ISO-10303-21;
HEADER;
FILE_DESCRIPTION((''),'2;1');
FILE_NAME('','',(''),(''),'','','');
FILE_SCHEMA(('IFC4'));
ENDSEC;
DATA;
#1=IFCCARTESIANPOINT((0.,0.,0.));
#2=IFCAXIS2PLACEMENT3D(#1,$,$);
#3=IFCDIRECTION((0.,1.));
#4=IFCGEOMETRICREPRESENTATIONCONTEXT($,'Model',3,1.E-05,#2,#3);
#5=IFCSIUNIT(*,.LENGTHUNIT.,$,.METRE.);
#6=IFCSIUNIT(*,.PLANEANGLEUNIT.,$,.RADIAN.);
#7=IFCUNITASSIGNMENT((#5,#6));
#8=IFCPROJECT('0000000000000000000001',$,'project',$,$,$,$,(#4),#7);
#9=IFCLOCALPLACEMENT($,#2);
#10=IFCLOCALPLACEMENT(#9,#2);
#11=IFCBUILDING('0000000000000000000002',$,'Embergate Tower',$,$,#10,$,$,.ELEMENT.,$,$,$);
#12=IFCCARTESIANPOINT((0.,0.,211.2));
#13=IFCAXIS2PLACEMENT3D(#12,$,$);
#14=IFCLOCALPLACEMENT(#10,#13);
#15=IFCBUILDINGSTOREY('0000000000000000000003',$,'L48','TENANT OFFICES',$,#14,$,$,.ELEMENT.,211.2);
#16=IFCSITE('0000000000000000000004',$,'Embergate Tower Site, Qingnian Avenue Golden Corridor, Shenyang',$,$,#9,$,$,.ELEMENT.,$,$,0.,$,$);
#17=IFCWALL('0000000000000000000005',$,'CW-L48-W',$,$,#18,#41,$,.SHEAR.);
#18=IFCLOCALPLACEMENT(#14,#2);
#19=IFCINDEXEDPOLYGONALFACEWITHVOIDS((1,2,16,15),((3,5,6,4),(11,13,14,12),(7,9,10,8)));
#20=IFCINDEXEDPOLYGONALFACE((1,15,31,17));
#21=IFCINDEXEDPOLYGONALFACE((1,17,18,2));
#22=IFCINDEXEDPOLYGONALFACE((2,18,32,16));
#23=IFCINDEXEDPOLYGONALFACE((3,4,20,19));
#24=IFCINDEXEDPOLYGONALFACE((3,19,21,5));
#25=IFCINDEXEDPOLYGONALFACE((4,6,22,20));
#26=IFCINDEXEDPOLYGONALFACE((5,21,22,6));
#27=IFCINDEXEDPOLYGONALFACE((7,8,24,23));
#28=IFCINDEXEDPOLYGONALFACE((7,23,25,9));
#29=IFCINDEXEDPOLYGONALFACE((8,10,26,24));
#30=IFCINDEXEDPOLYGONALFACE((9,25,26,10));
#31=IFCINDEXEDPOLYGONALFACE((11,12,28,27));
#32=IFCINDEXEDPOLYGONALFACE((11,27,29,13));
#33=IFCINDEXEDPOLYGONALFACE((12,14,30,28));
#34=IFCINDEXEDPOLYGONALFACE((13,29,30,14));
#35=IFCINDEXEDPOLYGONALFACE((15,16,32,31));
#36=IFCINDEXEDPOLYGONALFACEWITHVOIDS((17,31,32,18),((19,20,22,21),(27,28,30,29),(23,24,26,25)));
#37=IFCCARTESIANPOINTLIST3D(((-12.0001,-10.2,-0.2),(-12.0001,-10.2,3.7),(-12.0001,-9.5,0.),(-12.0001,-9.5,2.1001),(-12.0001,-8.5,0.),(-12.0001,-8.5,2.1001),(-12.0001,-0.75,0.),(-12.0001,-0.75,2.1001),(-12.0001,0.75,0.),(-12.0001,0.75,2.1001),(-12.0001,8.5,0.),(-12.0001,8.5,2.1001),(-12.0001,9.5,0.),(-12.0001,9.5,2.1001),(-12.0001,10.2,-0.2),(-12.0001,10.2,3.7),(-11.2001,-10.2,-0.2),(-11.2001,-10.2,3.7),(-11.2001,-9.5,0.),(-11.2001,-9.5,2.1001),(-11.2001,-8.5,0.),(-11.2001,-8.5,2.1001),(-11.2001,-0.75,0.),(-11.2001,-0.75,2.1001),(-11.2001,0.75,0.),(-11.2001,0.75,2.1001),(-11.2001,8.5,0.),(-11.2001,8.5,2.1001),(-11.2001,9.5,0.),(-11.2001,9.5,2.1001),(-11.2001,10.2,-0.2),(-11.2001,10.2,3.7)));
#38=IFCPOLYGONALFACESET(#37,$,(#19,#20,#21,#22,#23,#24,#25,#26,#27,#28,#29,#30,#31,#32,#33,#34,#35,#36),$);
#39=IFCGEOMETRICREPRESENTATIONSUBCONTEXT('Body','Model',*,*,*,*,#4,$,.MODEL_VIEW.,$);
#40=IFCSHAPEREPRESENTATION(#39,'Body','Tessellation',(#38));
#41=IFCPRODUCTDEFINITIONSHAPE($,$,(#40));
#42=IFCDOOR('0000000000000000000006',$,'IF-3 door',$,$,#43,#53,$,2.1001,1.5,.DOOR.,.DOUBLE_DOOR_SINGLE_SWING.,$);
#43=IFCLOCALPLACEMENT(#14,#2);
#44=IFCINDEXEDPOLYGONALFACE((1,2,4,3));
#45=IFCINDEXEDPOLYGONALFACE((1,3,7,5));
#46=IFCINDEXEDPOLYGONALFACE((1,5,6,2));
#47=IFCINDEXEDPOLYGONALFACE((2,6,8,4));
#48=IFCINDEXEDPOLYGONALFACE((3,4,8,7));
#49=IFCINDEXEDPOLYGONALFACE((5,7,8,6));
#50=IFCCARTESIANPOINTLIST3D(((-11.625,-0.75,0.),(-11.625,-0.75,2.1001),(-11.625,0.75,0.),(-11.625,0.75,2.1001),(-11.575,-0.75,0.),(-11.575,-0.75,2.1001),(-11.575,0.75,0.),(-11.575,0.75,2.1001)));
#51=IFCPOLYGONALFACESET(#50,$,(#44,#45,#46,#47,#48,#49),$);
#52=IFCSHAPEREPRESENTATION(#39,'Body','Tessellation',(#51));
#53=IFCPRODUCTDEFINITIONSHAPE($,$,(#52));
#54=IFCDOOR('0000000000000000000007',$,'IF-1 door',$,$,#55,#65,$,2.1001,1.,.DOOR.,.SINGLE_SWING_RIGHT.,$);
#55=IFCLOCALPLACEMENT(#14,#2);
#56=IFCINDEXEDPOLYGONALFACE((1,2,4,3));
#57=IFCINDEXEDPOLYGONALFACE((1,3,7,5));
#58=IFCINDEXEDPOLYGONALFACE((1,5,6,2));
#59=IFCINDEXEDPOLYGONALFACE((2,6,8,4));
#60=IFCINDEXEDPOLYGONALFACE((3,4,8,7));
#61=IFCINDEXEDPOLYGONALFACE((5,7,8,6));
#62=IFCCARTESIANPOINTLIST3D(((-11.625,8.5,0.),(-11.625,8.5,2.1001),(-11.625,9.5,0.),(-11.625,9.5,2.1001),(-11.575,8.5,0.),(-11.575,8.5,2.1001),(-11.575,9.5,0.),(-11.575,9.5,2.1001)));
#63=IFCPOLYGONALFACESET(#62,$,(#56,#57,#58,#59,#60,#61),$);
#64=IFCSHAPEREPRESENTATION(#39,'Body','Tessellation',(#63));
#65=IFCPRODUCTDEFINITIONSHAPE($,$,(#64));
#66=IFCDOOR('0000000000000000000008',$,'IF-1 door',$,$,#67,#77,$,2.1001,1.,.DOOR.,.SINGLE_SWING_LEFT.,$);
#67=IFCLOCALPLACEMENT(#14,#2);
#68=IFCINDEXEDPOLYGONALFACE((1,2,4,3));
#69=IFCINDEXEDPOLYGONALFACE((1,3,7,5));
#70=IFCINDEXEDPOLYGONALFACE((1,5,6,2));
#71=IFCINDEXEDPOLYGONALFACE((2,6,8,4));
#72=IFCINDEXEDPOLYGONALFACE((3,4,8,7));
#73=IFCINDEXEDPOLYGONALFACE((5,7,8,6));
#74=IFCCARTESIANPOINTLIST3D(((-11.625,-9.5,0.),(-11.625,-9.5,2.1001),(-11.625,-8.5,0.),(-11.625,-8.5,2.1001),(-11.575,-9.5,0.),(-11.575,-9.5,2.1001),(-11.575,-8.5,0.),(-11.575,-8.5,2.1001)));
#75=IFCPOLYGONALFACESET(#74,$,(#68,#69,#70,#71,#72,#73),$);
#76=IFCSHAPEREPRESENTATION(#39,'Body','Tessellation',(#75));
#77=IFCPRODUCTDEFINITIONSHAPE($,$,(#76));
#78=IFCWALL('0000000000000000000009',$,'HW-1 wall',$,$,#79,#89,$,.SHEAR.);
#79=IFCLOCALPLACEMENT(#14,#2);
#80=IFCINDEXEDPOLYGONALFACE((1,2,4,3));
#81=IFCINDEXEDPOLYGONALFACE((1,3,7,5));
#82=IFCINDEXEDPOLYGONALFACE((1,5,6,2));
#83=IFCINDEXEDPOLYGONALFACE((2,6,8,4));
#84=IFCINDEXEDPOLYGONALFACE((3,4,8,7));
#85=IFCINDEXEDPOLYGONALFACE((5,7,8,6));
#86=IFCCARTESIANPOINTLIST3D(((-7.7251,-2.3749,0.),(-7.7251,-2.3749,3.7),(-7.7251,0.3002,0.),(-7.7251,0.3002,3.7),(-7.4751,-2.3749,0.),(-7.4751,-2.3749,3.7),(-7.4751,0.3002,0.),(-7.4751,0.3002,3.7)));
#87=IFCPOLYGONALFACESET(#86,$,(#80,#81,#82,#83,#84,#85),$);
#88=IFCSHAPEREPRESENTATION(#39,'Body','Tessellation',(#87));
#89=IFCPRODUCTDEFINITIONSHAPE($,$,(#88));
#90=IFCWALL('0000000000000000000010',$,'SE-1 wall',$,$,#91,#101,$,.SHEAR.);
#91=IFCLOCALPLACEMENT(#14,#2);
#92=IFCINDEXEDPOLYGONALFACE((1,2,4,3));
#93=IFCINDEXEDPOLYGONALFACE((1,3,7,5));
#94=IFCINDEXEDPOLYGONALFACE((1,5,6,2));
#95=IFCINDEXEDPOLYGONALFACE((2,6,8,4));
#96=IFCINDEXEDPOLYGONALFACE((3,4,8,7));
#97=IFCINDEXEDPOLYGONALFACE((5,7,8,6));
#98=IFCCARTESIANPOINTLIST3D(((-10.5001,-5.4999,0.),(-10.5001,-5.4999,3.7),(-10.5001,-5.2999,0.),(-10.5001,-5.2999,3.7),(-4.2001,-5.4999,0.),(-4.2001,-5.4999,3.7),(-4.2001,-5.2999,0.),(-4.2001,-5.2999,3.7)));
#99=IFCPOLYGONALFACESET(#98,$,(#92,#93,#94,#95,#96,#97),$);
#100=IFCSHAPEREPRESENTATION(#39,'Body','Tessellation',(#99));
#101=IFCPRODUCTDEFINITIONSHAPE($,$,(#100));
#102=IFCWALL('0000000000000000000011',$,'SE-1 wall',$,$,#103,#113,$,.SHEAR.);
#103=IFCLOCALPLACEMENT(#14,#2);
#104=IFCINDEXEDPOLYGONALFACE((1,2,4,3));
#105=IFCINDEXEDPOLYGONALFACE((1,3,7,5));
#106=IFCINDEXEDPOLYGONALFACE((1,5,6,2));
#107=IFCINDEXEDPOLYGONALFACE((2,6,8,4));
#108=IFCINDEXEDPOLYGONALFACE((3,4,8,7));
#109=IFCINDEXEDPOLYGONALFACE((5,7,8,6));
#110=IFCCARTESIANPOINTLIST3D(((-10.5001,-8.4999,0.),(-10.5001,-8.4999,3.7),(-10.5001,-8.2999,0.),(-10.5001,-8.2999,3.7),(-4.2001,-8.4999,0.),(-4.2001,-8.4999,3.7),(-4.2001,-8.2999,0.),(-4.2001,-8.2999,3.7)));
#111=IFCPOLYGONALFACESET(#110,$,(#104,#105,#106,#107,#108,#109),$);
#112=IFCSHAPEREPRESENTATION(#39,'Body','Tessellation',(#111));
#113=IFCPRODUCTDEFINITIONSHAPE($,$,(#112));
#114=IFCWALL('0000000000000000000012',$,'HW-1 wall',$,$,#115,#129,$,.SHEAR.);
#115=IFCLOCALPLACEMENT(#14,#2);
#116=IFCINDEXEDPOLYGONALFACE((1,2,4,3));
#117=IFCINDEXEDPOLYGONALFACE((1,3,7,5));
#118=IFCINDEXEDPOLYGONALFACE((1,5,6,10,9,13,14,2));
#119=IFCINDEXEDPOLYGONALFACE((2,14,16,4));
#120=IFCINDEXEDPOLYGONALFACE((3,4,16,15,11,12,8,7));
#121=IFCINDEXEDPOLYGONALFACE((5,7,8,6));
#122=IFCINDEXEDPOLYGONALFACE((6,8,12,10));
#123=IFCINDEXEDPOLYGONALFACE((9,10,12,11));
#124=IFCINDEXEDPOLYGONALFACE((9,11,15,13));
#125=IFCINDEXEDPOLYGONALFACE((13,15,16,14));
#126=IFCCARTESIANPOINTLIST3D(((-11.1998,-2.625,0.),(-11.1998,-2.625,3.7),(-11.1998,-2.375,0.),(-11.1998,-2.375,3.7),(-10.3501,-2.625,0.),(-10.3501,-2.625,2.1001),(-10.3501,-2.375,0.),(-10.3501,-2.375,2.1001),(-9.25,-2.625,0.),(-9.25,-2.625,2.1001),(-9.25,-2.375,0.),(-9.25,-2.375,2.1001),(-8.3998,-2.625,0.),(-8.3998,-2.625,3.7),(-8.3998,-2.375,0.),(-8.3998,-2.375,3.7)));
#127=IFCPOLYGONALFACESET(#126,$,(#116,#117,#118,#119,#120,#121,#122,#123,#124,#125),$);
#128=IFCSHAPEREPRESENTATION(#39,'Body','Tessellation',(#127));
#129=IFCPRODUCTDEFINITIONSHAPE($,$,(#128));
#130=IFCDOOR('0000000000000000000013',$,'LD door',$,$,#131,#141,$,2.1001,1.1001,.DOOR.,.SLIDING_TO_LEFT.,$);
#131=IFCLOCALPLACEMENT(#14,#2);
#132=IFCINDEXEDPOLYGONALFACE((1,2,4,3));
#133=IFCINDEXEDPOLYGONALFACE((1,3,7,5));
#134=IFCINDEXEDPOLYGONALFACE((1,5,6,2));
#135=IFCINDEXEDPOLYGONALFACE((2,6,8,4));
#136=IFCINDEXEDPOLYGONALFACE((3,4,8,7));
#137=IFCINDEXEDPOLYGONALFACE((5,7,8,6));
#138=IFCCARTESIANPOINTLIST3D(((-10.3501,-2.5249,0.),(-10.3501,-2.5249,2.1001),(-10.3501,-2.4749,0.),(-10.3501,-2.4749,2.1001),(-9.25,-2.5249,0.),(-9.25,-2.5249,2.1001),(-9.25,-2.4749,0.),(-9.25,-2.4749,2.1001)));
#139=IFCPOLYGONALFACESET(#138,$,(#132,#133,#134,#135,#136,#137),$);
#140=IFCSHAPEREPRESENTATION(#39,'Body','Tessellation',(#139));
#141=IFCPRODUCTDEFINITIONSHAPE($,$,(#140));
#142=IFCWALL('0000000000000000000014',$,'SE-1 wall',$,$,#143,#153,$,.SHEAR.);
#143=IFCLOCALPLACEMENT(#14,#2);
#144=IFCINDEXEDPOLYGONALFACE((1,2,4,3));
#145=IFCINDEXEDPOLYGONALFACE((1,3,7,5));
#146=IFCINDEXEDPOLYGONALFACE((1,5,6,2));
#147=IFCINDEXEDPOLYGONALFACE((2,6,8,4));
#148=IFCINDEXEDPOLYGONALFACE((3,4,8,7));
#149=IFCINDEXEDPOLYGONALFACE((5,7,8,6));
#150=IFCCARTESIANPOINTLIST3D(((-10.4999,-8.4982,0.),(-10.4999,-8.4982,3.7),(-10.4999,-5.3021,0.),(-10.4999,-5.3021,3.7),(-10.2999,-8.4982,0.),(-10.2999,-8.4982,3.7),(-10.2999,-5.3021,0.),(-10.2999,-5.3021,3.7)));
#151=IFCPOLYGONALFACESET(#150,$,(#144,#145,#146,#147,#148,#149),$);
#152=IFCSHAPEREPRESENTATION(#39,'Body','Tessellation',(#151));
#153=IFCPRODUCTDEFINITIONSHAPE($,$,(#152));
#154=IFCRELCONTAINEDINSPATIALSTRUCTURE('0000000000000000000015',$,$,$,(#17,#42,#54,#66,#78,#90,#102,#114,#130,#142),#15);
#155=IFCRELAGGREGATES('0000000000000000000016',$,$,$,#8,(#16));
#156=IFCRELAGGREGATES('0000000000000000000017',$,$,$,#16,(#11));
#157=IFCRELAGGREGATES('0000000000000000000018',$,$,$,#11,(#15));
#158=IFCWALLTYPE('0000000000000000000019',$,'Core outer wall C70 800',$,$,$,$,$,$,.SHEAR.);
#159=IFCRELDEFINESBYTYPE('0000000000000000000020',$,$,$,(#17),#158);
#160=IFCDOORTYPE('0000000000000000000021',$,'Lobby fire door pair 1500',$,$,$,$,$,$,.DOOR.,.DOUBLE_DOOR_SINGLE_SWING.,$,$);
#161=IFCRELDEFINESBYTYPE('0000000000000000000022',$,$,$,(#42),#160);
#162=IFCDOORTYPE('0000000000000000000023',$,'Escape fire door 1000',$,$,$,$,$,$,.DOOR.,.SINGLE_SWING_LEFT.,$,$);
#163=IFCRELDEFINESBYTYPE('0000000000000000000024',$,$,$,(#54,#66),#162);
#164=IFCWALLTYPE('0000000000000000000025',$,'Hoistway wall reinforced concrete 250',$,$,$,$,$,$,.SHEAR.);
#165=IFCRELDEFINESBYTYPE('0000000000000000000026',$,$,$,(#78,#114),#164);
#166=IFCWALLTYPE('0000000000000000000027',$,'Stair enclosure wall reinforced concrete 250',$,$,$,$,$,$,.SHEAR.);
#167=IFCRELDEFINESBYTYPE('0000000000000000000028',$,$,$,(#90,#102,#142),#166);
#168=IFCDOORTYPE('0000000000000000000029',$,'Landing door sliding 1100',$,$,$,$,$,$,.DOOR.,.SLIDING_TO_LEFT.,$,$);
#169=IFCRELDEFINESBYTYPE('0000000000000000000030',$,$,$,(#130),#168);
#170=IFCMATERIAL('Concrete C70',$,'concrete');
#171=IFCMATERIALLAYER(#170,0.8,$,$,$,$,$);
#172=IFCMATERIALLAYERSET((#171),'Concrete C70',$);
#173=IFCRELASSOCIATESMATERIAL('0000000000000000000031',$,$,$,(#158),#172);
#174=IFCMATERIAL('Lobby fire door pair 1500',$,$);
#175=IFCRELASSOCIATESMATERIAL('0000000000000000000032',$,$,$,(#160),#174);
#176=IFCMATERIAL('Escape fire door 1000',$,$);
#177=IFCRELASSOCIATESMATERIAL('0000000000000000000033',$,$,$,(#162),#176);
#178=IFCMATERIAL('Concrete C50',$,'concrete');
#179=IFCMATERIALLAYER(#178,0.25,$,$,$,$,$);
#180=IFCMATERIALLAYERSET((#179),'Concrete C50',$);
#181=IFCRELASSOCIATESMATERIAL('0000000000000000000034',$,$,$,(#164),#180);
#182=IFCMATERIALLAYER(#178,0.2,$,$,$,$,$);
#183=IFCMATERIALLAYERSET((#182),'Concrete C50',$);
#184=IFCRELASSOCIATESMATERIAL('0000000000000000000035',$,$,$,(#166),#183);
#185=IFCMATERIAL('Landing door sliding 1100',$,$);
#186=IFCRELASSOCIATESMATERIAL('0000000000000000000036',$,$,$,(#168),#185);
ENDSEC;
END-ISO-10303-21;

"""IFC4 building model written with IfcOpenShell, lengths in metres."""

from ifc_helpers import new_model, si_unit, direction, frame, frame_2d, origin, place, context, subcontext, project, spatial, rectangle, extrude, source, transform, mapped, material, layer, layer_set, type_object, element, fill, save


model = new_model("IFC4")

# Units and contexts
model_context = context("Model", 3, precision=1e-05, world=origin(), true_north=direction((0.0, 1.0)))
body_context = subcontext(model_context, "Body", "Model", "MODEL_VIEW")
ifc_project = project(units=[si_unit("LENGTHUNIT", "METRE"), si_unit("PLANEANGLEUNIT", "RADIAN")], contexts=[model_context])

# Site, building, storey
site_placement = place(None, origin())
site = spatial("IfcSite", under=ifc_project, at=site_placement, Name="Embergate Tower Site, Qingnian Avenue Golden Corridor, Shenyang", CompositionType="ELEMENT", RefElevation=0.0)
building_placement = place(site_placement, origin())
building = spatial("IfcBuilding", under=site, at=building_placement, Name="Embergate Tower", CompositionType="ELEMENT")
storey_placement = place(building_placement, frame((0.0, 0.0, 211.2)))
storey = spatial("IfcBuildingStorey", under=building, at=storey_placement, Name="L48", Description="TENANT OFFICES", CompositionType="ELEMENT", Elevation=211.2)

# Wall, openings, doors
ifc_material_1 = material(Name="Concrete C70", Category="concrete")
ifc_layer_1 = layer(ifc_material_1, 0.8)
ifc_layer_set_1 = layer_set([ifc_layer_1], Name="Concrete C70")
wall_type_1 = type_object("IfcWallType", Name="Core outer wall C70 800", PredefinedType="SHEAR", material=ifc_layer_set_1)
shared_shape_1 = source(origin(), body_context, "Body", "SweptSolid", [
    extrude(rectangle(XDim=20.3999, YDim=0.8, at=frame_2d((10.2, 0.0))), origin(), (0.0, 0.0, 1.0), 3.8999),
])
wall_1_placement = place(storey_placement, frame((-11.6001, -10.2, -0.2), z_axis=(0.0, 0.0, 1.0), x_axis=(0.0, 1.0, 0.0)))
wall_1 = element("IfcWall", 1, at=wall_1_placement, inside=storey, type_object=wall_type_1, Name="CW-L48-W", PredefinedType="SHEAR", context=body_context, shape_type="MappedRepresentation", body=[
    mapped(shared_shape_1, transform((0.0, 0.0, 0.0))),
])
shared_shape_2 = source(origin(), body_context, "Body", "SweptSolid", [
    extrude(rectangle(XDim=1.0, YDim=2.1001, at=frame_2d((0.5, 1.05))), frame((0.0, 0.4099, 0.0), z_axis=(0.0, -1.0, 0.0), x_axis=(1.0, 0.0, 0.0)), (0.0, 0.0, 1.0), 0.8201),
])
opening_1_placement = place(wall_1_placement, frame((18.7, 0.0, 0.2)))
opening_1 = element("IfcOpeningElement", 2, at=opening_1_placement, cuts=wall_1, PredefinedType="OPENING", context=body_context, shape_type="MappedRepresentation", body=[
    mapped(shared_shape_2, transform((0.0, 0.0, 0.0))),
])
opening_2_placement = place(wall_1_placement, frame((0.7, 0.0, 0.2)))
opening_2 = element("IfcOpeningElement", 3, at=opening_2_placement, cuts=wall_1, PredefinedType="OPENING", context=body_context, shape_type="MappedRepresentation", body=[
    mapped(shared_shape_2, transform((0.0, 0.0, 0.0))),
])
shared_shape_3 = source(origin(), body_context, "Body", "SweptSolid", [
    extrude(rectangle(XDim=1.5, YDim=2.1001, at=frame_2d((0.75, 1.05))), frame((0.0, 0.4099, 0.0), z_axis=(0.0, -1.0, 0.0), x_axis=(1.0, 0.0, 0.0)), (0.0, 0.0, 1.0), 0.8201),
])
opening_3_placement = place(wall_1_placement, frame((9.45, 0.0, 0.2)))
opening_3 = element("IfcOpeningElement", 4, at=opening_3_placement, cuts=wall_1, PredefinedType="OPENING", context=body_context, shape_type="MappedRepresentation", body=[
    mapped(shared_shape_3, transform((0.0, 0.0, 0.0))),
])
ifc_material_2 = material(Name="Lobby fire door pair 1500")
door_type_1 = type_object("IfcDoorType", Name="Lobby fire door pair 1500", OperationType="DOUBLE_DOOR_SINGLE_SWING", PredefinedType="DOOR", material=ifc_material_2)
shared_shape_4 = source(origin(), body_context, "Body", "SweptSolid", [
    extrude(rectangle(XDim=1.5, YDim=2.1001, at=frame_2d((0.75, 1.05))), frame((0.0, 0.0249, 0.0), z_axis=(0.0, -1.0, 0.0), x_axis=(1.0, 0.0, 0.0)), (0.0, 0.0, 1.0), 0.05),
])
door_1_placement = place(opening_3_placement, origin())
door_1 = element("IfcDoor", 5, at=door_1_placement, inside=storey, type_object=door_type_1, Name="IF-3 door", OperationType="DOUBLE_DOOR_SINGLE_SWING", OverallHeight=2.1001, OverallWidth=1.5, PredefinedType="DOOR", context=body_context, shape_type="MappedRepresentation", body=[
    mapped(shared_shape_4, transform((0.0, 0.0, 0.0))),
])
fill(opening_3, door_1)
ifc_material_3 = material(Name="Escape fire door 1000")
door_type_2 = type_object("IfcDoorType", Name="Escape fire door 1000", OperationType="SINGLE_SWING_LEFT", PredefinedType="DOOR", material=ifc_material_3)
shared_shape_5 = source(origin(), body_context, "Body", "SweptSolid", [
    extrude(rectangle(XDim=1.0, YDim=2.1001, at=frame_2d((0.5, 1.05))), frame((0.0, 0.0249, 0.0), z_axis=(0.0, -1.0, 0.0), x_axis=(1.0, 0.0, 0.0)), (0.0, 0.0, 1.0), 0.05),
])
door_2_placement = place(opening_1_placement, origin())
door_2 = element("IfcDoor", 6, at=door_2_placement, inside=storey, type_object=door_type_2, Name="IF-1 door", OperationType="SINGLE_SWING_RIGHT", OverallHeight=2.1001, OverallWidth=1.0, PredefinedType="DOOR", context=body_context, shape_type="MappedRepresentation", body=[
    mapped(shared_shape_5, transform((0.0, 0.0, 0.0))),
])
fill(opening_1, door_2)
door_3_placement = place(opening_2_placement, origin())
door_3 = element("IfcDoor", 7, at=door_3_placement, inside=storey, type_object=door_type_2, Name="IF-1 door", OperationType="SINGLE_SWING_LEFT", OverallHeight=2.1001, OverallWidth=1.0, PredefinedType="DOOR", context=body_context, shape_type="MappedRepresentation", body=[
    mapped(shared_shape_5, transform((0.0, 0.0, 0.0))),
])
fill(opening_2, door_3)

# Walls
ifc_material_4 = material(Name="Concrete C50", Category="concrete")
ifc_layer_2 = layer(ifc_material_4, 0.25)
ifc_layer_set_2 = layer_set([ifc_layer_2], Name="Concrete C50")
wall_type_2 = type_object("IfcWallType", Name="Hoistway wall reinforced concrete 250", PredefinedType="SHEAR", material=ifc_layer_set_2)
shared_shape_6 = source(origin(), body_context, "Body", "SweptSolid", [
    extrude(rectangle(XDim=2.675, YDim=0.25, at=frame_2d((1.3374, 0.0))), origin(), (0.0, 0.0, 1.0), 3.7),
])
wall_2_placement = place(storey_placement, frame((-7.6001, 0.3, 0.0), z_axis=(0.0, 0.0, 1.0), x_axis=(0.0, -1.0, 0.0)))
element("IfcWall", 8, at=wall_2_placement, inside=storey, type_object=wall_type_2, Name="HW-1 wall", PredefinedType="SHEAR", context=body_context, shape_type="MappedRepresentation", body=[
    mapped(shared_shape_6, transform((0.0, 0.0, 0.0))),
])
ifc_layer_3 = layer(ifc_material_4, 0.2)
ifc_layer_set_3 = layer_set([ifc_layer_3], Name="Concrete C50")
wall_type_3 = type_object("IfcWallType", Name="Stair enclosure wall reinforced concrete 250", PredefinedType="SHEAR", material=ifc_layer_set_3)
shared_shape_7 = source(origin(), body_context, "Body", "SweptSolid", [
    extrude(rectangle(XDim=6.3, YDim=0.2, at=frame_2d((3.1499, 0.0))), origin(), (0.0, 0.0, 1.0), 3.7),
])
for number, where, z_axis, x_axis, name in (
    (9, (-10.5, -5.3999, 0.0), (0.0, 0.0, 1.0), (1.0, 0.0, 0.0), "SE-1 wall"),
    (10, (-10.5, -8.3999, 0.0), (0.0, 0.0, 1.0), (1.0, 0.0, 0.0), "SE-1 wall"),
):
    element("IfcWall", number, at=place(storey_placement, frame(where, z_axis=z_axis, x_axis=x_axis)), inside=storey, type_object=wall_type_3, Name=name, PredefinedType="SHEAR", context=body_context, shape_type="MappedRepresentation", body=[
        mapped(shared_shape_7, transform((0.0, 0.0, 0.0))),
    ])

# Wall, opening, door
shared_shape_8 = source(origin(), body_context, "Body", "SweptSolid", [
    extrude(rectangle(XDim=2.8, YDim=0.25, at=frame_2d((1.3999, 0.0))), origin(), (0.0, 0.0, 1.0), 3.7),
])
wall_3_placement = place(storey_placement, frame((-8.3999, -2.5, 0.0), z_axis=(0.0, 0.0, 1.0), x_axis=(-1.0, 0.0, 0.0)))
wall_3 = element("IfcWall", 11, at=wall_3_placement, inside=storey, type_object=wall_type_2, Name="HW-1 wall", PredefinedType="SHEAR", context=body_context, shape_type="MappedRepresentation", body=[
    mapped(shared_shape_8, transform((0.0, 0.0, 0.0))),
])
shared_shape_9 = source(origin(), body_context, "Body", "SweptSolid", [
    extrude(rectangle(XDim=1.1001, YDim=2.1001, at=frame_2d((0.55, 1.05))), frame((0.0, 0.135, 0.0), z_axis=(0.0, -1.0, 0.0), x_axis=(1.0, 0.0, 0.0)), (0.0, 0.0, 1.0), 0.27),
])
opening_4_placement = place(wall_3_placement, frame((0.8501, 0.0, 0.0)))
opening_4 = element("IfcOpeningElement", 12, at=opening_4_placement, cuts=wall_3, PredefinedType="OPENING", context=body_context, shape_type="MappedRepresentation", body=[
    mapped(shared_shape_9, transform((0.0, 0.0, 0.0))),
])
ifc_material_5 = material(Name="Landing door sliding 1100")
door_type_3 = type_object("IfcDoorType", Name="Landing door sliding 1100", OperationType="SLIDING_TO_LEFT", PredefinedType="DOOR", material=ifc_material_5)
shared_shape_10 = source(origin(), body_context, "Body", "SweptSolid", [
    extrude(rectangle(XDim=1.1001, YDim=2.1001, at=frame_2d((0.55, 1.05))), frame((0.0, 0.0249, 0.0), z_axis=(0.0, -1.0, 0.0), x_axis=(1.0, 0.0, 0.0)), (0.0, 0.0, 1.0), 0.05),
])
door_4_placement = place(opening_4_placement, origin())
door_4 = element("IfcDoor", 13, at=door_4_placement, inside=storey, type_object=door_type_3, Name="LD door", OperationType="SLIDING_TO_LEFT", OverallHeight=2.1001, OverallWidth=1.1001, PredefinedType="DOOR", context=body_context, shape_type="MappedRepresentation", body=[
    mapped(shared_shape_10, transform((0.0, 0.0, 0.0))),
])
fill(opening_4, door_4)

# Wall
shared_shape_11 = source(origin(), body_context, "Body", "SweptSolid", [
    extrude(rectangle(XDim=3.196, YDim=0.2, at=frame_2d((1.5981, 0.0))), origin(), (0.0, 0.0, 1.0), 3.7),
])
wall_4_placement = place(storey_placement, frame((-10.3999, -5.302, 0.0), z_axis=(0.0, 0.0, 1.0), x_axis=(0.0, -1.0, 0.0)))
element("IfcWall", 14, at=wall_4_placement, inside=storey, type_object=wall_type_3, Name="SE-1 wall", PredefinedType="SHEAR", context=body_context, shape_type="MappedRepresentation", body=[
    mapped(shared_shape_11, transform((0.0, 0.0, 0.0))),
])

save(model, "model.ifc")
